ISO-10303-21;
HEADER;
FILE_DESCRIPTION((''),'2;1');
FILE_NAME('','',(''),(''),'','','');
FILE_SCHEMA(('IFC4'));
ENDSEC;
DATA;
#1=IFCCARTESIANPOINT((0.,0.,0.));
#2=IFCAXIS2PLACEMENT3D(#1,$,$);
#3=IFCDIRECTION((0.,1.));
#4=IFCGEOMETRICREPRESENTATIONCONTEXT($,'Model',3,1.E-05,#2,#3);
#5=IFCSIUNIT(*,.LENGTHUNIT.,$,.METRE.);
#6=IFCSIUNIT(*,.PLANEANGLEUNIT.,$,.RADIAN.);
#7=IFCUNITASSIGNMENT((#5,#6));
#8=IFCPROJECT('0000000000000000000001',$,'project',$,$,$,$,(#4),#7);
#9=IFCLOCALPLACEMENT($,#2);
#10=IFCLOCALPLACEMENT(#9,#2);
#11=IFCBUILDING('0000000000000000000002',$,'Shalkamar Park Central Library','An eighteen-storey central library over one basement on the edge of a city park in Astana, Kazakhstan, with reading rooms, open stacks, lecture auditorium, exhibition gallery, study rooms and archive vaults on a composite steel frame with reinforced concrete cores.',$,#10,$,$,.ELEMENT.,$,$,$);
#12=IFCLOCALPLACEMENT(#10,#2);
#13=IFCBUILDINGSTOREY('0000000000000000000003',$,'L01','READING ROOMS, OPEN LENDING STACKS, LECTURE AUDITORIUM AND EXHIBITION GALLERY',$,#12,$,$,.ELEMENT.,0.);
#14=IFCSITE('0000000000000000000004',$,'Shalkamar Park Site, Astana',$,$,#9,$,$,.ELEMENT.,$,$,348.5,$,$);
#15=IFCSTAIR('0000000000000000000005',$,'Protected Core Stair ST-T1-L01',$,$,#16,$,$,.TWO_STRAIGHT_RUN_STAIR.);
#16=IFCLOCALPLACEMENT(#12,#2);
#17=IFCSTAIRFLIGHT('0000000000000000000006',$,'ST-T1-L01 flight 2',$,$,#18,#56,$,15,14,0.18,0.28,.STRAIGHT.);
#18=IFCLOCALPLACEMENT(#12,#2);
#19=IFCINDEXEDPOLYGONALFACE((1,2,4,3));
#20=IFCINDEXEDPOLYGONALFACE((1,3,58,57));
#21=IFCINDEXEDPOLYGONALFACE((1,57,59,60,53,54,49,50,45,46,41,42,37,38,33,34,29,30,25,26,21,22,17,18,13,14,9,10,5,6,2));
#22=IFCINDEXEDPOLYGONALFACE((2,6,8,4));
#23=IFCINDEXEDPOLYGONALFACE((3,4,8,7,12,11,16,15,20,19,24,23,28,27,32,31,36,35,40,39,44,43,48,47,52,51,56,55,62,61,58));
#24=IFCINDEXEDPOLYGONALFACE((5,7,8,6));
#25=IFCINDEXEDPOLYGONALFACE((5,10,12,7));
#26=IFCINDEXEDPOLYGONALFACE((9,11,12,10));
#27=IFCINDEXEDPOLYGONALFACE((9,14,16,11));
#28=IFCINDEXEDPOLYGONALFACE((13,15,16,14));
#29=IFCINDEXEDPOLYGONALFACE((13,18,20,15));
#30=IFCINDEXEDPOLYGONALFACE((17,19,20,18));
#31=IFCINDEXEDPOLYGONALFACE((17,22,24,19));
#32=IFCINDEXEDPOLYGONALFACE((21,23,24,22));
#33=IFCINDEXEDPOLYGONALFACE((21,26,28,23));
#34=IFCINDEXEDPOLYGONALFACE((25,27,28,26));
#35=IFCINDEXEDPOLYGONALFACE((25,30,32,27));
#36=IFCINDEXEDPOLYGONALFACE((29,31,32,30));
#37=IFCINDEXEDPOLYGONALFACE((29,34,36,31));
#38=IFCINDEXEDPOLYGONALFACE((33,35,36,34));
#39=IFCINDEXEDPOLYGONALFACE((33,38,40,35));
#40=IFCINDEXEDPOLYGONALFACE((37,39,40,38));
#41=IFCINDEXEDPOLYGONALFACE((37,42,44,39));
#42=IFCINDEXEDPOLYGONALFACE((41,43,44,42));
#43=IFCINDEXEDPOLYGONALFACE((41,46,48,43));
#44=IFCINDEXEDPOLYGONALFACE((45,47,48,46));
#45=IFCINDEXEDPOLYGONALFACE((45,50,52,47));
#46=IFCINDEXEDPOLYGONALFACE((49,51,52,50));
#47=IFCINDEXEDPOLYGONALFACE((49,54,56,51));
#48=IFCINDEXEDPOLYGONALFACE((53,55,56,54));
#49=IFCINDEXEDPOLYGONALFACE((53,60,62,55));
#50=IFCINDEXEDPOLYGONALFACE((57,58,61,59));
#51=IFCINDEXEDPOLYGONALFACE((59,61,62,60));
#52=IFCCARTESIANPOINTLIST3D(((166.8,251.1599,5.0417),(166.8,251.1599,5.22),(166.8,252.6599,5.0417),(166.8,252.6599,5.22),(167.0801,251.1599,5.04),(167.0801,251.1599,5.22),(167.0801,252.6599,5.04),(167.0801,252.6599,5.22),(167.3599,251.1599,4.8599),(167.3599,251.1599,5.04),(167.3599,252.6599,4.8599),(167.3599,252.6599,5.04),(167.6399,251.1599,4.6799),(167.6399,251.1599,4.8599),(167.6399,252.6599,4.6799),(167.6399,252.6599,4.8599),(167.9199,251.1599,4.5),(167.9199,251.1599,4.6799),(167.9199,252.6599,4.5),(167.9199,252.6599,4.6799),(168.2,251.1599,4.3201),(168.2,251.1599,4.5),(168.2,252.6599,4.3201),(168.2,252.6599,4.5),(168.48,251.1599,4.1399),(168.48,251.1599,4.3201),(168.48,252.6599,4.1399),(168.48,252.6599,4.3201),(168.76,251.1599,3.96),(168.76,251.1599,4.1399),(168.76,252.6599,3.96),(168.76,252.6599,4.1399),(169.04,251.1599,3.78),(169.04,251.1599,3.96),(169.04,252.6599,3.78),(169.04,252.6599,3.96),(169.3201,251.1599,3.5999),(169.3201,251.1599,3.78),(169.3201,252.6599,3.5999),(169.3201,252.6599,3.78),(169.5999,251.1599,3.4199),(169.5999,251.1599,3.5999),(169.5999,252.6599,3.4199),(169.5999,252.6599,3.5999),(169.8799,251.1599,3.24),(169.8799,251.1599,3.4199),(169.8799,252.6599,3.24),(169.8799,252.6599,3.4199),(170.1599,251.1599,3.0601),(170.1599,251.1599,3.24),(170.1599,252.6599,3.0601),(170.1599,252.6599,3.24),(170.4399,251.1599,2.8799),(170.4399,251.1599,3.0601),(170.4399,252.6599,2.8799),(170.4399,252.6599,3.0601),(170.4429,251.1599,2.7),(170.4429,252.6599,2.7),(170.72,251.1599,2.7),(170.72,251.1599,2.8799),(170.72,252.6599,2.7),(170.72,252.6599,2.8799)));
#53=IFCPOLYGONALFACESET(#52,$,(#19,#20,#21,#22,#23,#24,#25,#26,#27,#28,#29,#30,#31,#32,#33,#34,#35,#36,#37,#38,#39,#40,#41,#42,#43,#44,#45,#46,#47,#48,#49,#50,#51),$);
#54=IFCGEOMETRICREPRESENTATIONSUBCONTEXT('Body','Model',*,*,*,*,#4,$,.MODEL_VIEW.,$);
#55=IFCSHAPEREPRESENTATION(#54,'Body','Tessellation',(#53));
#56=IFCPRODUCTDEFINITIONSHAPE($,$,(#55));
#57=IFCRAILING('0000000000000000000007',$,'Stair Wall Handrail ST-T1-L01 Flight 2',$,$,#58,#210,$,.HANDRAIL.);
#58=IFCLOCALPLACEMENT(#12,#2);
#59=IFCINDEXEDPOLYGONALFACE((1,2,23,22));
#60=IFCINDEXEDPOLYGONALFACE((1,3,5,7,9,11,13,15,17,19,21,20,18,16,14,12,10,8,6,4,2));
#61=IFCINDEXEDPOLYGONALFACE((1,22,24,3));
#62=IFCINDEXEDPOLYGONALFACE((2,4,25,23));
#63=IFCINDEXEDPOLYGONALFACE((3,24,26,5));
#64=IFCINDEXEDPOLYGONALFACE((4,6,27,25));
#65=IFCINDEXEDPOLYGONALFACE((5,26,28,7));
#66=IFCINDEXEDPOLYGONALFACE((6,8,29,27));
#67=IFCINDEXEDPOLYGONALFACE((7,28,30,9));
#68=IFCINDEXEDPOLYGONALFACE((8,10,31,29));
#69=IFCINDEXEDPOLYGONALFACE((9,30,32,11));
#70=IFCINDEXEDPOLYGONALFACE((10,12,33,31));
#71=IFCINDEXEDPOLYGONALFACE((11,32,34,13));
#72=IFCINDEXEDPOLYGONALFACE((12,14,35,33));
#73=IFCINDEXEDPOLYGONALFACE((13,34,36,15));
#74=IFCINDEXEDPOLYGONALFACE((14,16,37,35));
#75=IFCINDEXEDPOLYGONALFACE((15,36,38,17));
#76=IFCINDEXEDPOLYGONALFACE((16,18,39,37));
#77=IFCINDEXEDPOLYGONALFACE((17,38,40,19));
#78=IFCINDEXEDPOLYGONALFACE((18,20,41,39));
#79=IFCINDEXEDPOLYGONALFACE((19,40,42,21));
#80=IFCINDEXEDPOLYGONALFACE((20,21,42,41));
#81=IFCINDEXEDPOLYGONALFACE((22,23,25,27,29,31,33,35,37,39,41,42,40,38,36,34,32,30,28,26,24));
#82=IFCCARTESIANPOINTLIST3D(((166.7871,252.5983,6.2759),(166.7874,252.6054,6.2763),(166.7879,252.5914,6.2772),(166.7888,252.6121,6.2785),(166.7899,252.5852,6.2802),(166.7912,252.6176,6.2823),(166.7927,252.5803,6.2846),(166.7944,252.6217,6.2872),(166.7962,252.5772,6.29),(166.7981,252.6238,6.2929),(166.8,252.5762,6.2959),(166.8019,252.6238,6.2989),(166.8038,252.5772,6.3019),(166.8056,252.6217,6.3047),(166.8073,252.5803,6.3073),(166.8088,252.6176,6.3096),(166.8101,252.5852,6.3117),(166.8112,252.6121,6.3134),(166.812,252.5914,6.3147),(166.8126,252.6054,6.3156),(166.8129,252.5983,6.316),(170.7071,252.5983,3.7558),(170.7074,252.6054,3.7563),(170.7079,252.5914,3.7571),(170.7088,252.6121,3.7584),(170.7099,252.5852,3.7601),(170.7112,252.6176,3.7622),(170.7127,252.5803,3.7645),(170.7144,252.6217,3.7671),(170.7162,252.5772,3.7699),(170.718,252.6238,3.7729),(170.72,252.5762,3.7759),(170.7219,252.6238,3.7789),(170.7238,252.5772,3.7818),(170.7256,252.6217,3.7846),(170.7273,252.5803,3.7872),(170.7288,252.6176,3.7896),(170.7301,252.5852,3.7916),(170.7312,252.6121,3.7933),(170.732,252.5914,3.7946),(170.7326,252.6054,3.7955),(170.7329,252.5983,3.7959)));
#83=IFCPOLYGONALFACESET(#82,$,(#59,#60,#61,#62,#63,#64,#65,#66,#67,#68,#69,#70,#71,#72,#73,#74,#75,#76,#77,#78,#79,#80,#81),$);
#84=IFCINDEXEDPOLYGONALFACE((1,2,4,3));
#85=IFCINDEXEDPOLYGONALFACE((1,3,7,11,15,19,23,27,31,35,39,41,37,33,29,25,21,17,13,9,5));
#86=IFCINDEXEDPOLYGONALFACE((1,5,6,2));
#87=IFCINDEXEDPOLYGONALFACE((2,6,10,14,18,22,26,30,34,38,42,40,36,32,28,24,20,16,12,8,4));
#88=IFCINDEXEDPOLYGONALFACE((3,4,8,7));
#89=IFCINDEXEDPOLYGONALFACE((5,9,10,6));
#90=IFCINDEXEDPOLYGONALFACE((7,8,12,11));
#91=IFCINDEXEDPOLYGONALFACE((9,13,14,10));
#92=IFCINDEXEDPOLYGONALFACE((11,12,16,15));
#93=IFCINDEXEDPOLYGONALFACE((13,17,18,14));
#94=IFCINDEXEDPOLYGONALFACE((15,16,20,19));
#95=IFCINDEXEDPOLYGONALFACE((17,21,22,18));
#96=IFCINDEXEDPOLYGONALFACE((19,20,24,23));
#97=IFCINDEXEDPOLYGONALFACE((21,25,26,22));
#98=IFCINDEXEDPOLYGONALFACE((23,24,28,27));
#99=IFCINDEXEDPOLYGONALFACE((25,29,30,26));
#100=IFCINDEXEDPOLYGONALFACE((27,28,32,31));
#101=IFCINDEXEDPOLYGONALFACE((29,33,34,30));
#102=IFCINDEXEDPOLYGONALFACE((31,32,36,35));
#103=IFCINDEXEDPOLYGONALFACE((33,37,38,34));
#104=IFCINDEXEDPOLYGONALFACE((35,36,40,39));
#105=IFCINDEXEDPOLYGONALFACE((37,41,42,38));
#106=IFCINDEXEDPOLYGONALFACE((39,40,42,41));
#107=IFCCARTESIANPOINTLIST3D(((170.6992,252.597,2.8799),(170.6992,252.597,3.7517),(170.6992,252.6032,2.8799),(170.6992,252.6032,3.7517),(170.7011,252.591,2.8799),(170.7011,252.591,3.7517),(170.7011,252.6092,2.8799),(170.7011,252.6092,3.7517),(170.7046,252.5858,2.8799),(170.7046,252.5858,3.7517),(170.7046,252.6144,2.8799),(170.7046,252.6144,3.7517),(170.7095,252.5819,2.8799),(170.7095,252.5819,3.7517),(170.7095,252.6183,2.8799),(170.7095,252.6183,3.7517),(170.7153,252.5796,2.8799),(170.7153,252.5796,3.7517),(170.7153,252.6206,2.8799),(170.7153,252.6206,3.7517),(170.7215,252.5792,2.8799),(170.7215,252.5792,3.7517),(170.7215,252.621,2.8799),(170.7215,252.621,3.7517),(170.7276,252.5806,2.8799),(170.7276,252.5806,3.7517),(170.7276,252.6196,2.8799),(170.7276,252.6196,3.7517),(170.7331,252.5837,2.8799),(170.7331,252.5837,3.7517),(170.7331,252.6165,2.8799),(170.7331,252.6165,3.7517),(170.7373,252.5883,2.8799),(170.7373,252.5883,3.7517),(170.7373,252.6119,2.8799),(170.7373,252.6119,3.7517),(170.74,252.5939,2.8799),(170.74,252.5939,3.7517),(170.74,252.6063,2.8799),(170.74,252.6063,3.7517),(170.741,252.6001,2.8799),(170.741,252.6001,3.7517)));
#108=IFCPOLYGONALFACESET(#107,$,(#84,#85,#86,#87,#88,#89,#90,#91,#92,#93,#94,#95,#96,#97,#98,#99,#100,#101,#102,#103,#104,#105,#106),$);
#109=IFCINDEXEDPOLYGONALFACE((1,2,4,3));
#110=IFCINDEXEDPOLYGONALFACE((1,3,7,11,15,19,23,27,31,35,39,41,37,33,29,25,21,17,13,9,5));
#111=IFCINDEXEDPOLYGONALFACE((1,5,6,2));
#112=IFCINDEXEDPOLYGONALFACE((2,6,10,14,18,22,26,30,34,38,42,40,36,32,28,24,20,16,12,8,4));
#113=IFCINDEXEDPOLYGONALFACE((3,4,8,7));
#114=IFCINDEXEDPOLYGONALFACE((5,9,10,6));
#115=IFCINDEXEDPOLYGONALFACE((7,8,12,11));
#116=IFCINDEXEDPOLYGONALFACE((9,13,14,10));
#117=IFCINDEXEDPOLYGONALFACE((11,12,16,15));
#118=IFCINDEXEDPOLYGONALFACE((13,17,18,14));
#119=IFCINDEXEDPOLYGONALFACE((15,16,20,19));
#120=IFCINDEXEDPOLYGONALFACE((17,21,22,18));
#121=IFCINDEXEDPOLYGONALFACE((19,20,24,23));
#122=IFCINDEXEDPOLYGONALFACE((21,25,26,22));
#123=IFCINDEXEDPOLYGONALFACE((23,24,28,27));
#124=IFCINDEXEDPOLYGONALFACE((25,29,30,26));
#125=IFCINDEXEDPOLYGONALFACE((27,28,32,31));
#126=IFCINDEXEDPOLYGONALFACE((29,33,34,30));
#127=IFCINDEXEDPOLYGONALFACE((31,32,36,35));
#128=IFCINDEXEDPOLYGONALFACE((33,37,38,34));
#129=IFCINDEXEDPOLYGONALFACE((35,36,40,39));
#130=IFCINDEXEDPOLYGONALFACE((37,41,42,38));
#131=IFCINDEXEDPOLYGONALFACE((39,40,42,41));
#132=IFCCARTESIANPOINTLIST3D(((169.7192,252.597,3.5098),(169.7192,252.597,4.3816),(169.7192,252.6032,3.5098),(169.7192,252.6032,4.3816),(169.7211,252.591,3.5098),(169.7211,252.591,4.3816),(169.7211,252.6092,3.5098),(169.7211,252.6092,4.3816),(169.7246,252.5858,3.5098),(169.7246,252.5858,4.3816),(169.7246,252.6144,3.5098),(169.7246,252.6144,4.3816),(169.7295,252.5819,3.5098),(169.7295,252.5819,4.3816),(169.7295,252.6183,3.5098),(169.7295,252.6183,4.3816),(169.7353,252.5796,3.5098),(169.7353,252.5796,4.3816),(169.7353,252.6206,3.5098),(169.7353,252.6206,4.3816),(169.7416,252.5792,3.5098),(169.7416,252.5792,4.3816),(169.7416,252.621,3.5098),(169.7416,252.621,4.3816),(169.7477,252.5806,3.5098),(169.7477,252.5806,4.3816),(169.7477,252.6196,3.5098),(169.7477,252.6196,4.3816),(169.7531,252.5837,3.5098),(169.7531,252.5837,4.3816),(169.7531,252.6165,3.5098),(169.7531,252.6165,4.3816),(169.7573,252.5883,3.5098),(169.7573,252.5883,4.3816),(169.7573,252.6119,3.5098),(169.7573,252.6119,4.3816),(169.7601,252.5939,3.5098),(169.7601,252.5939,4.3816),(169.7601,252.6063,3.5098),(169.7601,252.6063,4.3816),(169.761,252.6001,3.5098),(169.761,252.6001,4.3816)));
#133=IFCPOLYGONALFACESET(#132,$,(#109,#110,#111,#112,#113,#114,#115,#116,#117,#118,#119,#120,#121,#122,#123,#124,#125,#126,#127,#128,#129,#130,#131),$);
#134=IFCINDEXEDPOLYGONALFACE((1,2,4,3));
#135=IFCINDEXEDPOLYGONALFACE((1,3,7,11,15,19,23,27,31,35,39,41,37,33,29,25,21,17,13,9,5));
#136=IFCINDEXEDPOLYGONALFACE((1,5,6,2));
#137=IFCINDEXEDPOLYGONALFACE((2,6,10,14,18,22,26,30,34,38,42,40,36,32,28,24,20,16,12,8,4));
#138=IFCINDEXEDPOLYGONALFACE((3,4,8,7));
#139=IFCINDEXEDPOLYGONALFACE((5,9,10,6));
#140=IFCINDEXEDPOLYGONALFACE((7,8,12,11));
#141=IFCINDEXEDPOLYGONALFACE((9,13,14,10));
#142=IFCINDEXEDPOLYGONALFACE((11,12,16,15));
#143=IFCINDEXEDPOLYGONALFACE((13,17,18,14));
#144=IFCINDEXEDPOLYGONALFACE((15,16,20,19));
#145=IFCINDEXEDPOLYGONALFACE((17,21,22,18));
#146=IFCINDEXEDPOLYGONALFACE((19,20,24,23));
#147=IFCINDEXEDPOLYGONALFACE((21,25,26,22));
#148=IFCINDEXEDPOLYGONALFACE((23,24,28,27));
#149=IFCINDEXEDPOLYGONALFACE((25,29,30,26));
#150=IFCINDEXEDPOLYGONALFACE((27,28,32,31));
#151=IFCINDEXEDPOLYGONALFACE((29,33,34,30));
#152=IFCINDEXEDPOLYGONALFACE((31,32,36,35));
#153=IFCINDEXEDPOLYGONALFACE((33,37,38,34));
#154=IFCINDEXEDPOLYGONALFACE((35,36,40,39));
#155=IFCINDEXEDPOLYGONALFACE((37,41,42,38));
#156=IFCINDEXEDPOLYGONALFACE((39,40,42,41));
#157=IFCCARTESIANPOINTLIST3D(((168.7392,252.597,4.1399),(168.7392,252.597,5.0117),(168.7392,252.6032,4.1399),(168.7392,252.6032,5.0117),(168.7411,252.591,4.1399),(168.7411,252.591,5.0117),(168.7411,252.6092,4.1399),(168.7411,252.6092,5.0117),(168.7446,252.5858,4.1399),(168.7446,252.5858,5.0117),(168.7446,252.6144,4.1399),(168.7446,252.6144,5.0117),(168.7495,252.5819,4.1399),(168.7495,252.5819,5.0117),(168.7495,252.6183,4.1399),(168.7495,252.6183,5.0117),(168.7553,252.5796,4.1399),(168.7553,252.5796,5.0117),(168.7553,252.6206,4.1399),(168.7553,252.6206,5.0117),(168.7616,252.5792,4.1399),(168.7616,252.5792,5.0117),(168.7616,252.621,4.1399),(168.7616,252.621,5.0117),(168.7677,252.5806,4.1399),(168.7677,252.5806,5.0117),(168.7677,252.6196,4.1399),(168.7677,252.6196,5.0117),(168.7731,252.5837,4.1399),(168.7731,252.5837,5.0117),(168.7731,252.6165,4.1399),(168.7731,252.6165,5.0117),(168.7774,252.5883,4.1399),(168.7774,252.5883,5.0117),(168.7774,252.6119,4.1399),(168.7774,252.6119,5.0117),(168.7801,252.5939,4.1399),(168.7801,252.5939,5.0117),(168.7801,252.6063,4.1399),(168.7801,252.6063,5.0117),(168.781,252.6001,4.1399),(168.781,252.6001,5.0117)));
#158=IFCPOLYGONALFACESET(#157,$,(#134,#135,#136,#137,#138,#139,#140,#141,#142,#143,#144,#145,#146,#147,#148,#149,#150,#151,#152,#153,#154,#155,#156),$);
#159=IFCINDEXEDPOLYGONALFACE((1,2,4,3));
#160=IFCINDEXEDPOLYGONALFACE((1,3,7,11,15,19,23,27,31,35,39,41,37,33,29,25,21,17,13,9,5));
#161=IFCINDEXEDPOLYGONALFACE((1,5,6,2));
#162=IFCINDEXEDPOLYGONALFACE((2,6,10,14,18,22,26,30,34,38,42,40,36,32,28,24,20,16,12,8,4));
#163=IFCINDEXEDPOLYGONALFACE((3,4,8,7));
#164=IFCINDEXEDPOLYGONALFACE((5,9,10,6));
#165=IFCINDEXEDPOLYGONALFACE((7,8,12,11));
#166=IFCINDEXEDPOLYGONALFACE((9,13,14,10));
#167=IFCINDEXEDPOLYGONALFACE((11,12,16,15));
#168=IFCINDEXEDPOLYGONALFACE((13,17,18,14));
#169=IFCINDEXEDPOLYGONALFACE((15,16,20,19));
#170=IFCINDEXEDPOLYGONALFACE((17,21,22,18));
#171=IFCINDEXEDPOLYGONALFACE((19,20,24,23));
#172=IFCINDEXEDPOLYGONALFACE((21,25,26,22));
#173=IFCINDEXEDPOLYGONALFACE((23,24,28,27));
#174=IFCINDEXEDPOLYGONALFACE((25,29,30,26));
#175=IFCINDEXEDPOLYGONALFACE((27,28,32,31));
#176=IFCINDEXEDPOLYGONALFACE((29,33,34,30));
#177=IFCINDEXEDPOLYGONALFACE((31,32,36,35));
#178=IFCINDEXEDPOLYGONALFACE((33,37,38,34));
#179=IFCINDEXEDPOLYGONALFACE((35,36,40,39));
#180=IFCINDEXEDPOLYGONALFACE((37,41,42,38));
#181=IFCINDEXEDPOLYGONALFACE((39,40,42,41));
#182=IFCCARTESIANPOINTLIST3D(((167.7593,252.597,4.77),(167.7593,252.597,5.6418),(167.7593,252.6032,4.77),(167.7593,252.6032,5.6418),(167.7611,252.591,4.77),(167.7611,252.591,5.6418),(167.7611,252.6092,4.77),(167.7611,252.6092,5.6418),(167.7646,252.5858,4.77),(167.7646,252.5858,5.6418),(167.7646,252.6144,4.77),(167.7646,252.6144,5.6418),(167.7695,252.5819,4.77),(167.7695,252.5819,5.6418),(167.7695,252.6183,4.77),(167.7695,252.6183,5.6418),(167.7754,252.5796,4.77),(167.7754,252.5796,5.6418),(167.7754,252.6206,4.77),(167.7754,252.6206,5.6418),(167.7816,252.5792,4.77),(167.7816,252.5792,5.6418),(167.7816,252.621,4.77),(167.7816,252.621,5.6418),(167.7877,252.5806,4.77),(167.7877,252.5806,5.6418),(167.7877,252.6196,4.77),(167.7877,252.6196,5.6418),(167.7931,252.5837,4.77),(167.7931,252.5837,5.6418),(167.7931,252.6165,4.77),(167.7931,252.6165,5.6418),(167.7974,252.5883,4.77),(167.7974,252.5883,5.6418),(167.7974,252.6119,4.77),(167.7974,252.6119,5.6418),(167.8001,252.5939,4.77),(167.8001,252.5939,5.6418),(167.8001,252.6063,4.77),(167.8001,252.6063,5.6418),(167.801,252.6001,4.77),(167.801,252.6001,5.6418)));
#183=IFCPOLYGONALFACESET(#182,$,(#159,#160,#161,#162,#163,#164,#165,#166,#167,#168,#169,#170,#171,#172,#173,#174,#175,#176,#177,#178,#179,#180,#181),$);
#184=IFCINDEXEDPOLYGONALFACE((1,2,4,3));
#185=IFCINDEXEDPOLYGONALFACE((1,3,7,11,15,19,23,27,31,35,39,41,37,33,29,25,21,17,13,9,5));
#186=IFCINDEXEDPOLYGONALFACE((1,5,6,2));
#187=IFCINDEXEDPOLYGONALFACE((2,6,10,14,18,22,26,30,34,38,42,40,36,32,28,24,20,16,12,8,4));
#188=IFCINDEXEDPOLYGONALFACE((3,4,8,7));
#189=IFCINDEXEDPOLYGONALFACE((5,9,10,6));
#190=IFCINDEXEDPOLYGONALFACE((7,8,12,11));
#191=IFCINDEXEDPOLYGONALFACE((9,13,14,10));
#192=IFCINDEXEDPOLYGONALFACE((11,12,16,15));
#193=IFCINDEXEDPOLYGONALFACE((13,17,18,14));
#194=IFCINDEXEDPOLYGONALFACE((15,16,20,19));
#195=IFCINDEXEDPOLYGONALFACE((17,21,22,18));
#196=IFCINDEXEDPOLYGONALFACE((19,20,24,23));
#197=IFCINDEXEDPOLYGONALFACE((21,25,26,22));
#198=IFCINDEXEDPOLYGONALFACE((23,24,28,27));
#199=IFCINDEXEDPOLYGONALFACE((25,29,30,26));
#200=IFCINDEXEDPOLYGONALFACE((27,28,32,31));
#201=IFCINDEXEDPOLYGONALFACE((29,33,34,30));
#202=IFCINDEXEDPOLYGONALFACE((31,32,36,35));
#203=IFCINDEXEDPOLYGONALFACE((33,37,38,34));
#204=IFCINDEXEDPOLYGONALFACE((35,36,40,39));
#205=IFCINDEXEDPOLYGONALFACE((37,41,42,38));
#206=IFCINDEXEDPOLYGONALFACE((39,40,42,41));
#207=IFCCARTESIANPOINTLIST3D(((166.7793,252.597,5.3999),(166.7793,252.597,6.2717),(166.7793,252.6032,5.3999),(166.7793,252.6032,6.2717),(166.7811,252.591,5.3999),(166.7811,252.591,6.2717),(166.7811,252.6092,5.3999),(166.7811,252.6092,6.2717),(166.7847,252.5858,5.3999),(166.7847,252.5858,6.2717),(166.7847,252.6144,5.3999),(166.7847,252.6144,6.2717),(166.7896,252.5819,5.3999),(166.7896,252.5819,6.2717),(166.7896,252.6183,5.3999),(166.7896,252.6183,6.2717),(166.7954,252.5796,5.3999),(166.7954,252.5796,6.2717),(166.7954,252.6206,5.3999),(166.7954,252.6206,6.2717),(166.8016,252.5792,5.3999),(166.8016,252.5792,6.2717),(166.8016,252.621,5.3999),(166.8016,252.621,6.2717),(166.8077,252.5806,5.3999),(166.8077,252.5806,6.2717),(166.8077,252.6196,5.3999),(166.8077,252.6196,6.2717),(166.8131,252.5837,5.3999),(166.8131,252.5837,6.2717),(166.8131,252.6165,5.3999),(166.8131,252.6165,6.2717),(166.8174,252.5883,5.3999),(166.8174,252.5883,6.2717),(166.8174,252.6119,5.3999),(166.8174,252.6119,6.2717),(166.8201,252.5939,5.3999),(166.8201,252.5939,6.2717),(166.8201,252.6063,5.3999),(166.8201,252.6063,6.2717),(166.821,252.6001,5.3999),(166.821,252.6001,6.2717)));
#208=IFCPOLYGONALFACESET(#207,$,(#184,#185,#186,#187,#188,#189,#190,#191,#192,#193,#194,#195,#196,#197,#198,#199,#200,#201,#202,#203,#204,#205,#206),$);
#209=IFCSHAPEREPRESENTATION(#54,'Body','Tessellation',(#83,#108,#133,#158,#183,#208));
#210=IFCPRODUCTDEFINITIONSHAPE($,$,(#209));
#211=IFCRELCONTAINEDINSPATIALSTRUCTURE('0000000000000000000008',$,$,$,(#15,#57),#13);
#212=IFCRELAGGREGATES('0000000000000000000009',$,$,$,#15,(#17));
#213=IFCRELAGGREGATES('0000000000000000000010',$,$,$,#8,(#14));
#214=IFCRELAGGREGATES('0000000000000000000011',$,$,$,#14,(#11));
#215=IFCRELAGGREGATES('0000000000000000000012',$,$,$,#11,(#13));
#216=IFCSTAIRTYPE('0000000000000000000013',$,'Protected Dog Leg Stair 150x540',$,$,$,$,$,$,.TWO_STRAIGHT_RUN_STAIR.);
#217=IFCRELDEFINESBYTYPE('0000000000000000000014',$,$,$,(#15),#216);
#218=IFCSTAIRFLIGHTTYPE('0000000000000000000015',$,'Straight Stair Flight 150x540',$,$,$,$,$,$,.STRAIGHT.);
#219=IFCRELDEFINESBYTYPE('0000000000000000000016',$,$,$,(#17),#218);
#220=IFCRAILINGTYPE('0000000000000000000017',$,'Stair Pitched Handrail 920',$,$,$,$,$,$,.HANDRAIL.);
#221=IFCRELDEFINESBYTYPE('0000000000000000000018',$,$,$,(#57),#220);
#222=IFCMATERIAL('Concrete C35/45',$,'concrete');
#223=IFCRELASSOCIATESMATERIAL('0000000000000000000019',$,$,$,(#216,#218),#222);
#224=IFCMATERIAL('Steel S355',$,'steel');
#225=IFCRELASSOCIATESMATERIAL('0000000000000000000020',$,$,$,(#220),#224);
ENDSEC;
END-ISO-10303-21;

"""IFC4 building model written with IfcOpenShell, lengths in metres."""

from ifc_helpers import new_model, si_unit, direction, frame, origin, origin_2d, place, context, subcontext, project, spatial, polyline, circle, outline, extrude, material, type_object, element, aggregate, save


model = new_model("IFC4")

# Units and contexts
model_context = context("Model", 3, precision=1e-05, world=origin(), true_north=direction((0.0, 1.0)))
body_context = subcontext(model_context, "Body", "Model", "MODEL_VIEW")
ifc_project = project(units=[si_unit("LENGTHUNIT", "METRE"), si_unit("PLANEANGLEUNIT", "RADIAN")], contexts=[model_context])

# Site, building, storey
site_placement = place(None, origin())
site = spatial("IfcSite", under=ifc_project, at=site_placement, Name="Shalkamar Park Site, Astana", CompositionType="ELEMENT", RefElevation=348.5)
building_placement = place(site_placement, origin())
building = spatial("IfcBuilding", under=site, at=building_placement, Name="Shalkamar Park Central Library", Description="An eighteen-storey central library over one basement on the edge of a city park in Astana, Kazakhstan, with reading rooms, open stacks, lecture auditorium, exhibition gallery, study rooms and archive vaults on a composite steel frame with reinforced concrete cores.", CompositionType="ELEMENT")
storey_placement = place(building_placement, origin())
storey = spatial("IfcBuildingStorey", under=building, at=storey_placement, Name="L01", Description="READING ROOMS, OPEN LENDING STACKS, LECTURE AUDITORIUM AND EXHIBITION GALLERY", CompositionType="ELEMENT", Elevation=0.0)

# Shared definitions
ifc_material_1 = material(Name="Steel S355", Category="steel")

# Stair, stair flight
ifc_material_2 = material(Name="Concrete C35/45", Category="concrete")
stair_type = type_object("IfcStairType", Name="Protected Dog Leg Stair 150x540", PredefinedType="TWO_STRAIGHT_RUN_STAIR", material=ifc_material_2)
stair_placement = place(storey_placement, origin())
stair = element("IfcStair", 1, at=stair_placement, inside=storey, type_object=stair_type, Name="Protected Core Stair ST-T1-L01", PredefinedType="TWO_STRAIGHT_RUN_STAIR")
stair_flight_type = type_object("IfcStairFlightType", Name="Straight Stair Flight 150x540", PredefinedType="STRAIGHT", material=ifc_material_2)
stair_flight_placement = place(storey_placement, frame((170.72, 251.9099, 2.7), z_axis=(0.0, 0.0, 1.0), x_axis=(-1.0, 0.0, 0.0)))
stair_flight = element("IfcStairFlight", 2, at=stair_flight_placement, type_object=stair_flight_type, Name="ST-T1-L01 flight 2", NumberOfRisers=15, NumberOfTreads=14, PredefinedType="STRAIGHT", RiserHeight=0.18, TreadLength=0.28, context=body_context, shape_type="SweptSolid", body=[
    extrude(outline(polyline([(0.0, 0.0), (0.0, 0.1799), (0.28, 0.1799), (0.28, 0.3601), (0.5601, 0.3601), (0.5601, 0.54), (0.8401, 0.54), (0.8401, 0.72), (1.1201, 0.72), (1.1201, 0.8999), (1.3999, 0.8999), (1.3999, 1.0801), (1.6799, 1.0801), (1.6799, 1.26), (1.96, 1.26), (1.96, 1.4399), (2.24, 1.4399), (2.24, 1.6201), (2.52, 1.6201), (2.52, 1.8), (2.8, 1.8), (2.8, 1.98), (3.0801, 1.98), (3.0801, 2.1599), (3.3601, 2.1599), (3.3601, 2.3401), (3.6399, 2.3401), (3.6399, 2.52), (3.9199, 2.52), (3.9199, 2.7), (3.9199, 2.3418), (0.2771, 0.0), (0.0, 0.0)])), frame((0.0, 0.75, 0.0), z_axis=(0.0, -1.0, 0.0), x_axis=(1.0, 0.0, 0.0)), (0.0, 0.0, 1.0), 1.5),
])
aggregate(stair, [stair_flight])

# Railing
railing_type = type_object("IfcRailingType", Name="Stair Pitched Handrail 920", PredefinedType="HANDRAIL", material=ifc_material_1)
railing_placement = place(storey_placement, frame((170.72, 252.6001, 2.8799)))
element("IfcRailing", 3, at=railing_placement, inside=storey, type_object=railing_type, Name="Stair Wall Handrail ST-T1-L01 Flight 2", PredefinedType="HANDRAIL", context=body_context, shape_type="SweptSolid", body=[
    extrude(circle(Radius=0.0239, at=origin_2d()), frame((0.0, 0.0, 0.896), z_axis=(-0.841172, 0.0, 0.540768), x_axis=(0.0, -1.0, 0.0)), (0.0, 0.0, 1.0), 4.6602),
    extrude(circle(Radius=0.021, at=origin_2d()), origin(), (0.0, 0.0, 1.0), 0.8718),
    extrude(circle(Radius=0.021, at=origin_2d()), frame((-0.98, 0.0, 0.6299)), (0.0, 0.0, 1.0), 0.8718),
    extrude(circle(Radius=0.021, at=origin_2d()), frame((-1.96, 0.0, 1.26)), (0.0, 0.0, 1.0), 0.8718),
    extrude(circle(Radius=0.021, at=origin_2d()), frame((-2.9399, 0.0, 1.8901)), (0.0, 0.0, 1.0), 0.8718),
    extrude(circle(Radius=0.021, at=origin_2d()), frame((-3.9199, 0.0, 2.52)), (0.0, 0.0, 1.0), 0.8718),
])

save(model, "model.ifc")
